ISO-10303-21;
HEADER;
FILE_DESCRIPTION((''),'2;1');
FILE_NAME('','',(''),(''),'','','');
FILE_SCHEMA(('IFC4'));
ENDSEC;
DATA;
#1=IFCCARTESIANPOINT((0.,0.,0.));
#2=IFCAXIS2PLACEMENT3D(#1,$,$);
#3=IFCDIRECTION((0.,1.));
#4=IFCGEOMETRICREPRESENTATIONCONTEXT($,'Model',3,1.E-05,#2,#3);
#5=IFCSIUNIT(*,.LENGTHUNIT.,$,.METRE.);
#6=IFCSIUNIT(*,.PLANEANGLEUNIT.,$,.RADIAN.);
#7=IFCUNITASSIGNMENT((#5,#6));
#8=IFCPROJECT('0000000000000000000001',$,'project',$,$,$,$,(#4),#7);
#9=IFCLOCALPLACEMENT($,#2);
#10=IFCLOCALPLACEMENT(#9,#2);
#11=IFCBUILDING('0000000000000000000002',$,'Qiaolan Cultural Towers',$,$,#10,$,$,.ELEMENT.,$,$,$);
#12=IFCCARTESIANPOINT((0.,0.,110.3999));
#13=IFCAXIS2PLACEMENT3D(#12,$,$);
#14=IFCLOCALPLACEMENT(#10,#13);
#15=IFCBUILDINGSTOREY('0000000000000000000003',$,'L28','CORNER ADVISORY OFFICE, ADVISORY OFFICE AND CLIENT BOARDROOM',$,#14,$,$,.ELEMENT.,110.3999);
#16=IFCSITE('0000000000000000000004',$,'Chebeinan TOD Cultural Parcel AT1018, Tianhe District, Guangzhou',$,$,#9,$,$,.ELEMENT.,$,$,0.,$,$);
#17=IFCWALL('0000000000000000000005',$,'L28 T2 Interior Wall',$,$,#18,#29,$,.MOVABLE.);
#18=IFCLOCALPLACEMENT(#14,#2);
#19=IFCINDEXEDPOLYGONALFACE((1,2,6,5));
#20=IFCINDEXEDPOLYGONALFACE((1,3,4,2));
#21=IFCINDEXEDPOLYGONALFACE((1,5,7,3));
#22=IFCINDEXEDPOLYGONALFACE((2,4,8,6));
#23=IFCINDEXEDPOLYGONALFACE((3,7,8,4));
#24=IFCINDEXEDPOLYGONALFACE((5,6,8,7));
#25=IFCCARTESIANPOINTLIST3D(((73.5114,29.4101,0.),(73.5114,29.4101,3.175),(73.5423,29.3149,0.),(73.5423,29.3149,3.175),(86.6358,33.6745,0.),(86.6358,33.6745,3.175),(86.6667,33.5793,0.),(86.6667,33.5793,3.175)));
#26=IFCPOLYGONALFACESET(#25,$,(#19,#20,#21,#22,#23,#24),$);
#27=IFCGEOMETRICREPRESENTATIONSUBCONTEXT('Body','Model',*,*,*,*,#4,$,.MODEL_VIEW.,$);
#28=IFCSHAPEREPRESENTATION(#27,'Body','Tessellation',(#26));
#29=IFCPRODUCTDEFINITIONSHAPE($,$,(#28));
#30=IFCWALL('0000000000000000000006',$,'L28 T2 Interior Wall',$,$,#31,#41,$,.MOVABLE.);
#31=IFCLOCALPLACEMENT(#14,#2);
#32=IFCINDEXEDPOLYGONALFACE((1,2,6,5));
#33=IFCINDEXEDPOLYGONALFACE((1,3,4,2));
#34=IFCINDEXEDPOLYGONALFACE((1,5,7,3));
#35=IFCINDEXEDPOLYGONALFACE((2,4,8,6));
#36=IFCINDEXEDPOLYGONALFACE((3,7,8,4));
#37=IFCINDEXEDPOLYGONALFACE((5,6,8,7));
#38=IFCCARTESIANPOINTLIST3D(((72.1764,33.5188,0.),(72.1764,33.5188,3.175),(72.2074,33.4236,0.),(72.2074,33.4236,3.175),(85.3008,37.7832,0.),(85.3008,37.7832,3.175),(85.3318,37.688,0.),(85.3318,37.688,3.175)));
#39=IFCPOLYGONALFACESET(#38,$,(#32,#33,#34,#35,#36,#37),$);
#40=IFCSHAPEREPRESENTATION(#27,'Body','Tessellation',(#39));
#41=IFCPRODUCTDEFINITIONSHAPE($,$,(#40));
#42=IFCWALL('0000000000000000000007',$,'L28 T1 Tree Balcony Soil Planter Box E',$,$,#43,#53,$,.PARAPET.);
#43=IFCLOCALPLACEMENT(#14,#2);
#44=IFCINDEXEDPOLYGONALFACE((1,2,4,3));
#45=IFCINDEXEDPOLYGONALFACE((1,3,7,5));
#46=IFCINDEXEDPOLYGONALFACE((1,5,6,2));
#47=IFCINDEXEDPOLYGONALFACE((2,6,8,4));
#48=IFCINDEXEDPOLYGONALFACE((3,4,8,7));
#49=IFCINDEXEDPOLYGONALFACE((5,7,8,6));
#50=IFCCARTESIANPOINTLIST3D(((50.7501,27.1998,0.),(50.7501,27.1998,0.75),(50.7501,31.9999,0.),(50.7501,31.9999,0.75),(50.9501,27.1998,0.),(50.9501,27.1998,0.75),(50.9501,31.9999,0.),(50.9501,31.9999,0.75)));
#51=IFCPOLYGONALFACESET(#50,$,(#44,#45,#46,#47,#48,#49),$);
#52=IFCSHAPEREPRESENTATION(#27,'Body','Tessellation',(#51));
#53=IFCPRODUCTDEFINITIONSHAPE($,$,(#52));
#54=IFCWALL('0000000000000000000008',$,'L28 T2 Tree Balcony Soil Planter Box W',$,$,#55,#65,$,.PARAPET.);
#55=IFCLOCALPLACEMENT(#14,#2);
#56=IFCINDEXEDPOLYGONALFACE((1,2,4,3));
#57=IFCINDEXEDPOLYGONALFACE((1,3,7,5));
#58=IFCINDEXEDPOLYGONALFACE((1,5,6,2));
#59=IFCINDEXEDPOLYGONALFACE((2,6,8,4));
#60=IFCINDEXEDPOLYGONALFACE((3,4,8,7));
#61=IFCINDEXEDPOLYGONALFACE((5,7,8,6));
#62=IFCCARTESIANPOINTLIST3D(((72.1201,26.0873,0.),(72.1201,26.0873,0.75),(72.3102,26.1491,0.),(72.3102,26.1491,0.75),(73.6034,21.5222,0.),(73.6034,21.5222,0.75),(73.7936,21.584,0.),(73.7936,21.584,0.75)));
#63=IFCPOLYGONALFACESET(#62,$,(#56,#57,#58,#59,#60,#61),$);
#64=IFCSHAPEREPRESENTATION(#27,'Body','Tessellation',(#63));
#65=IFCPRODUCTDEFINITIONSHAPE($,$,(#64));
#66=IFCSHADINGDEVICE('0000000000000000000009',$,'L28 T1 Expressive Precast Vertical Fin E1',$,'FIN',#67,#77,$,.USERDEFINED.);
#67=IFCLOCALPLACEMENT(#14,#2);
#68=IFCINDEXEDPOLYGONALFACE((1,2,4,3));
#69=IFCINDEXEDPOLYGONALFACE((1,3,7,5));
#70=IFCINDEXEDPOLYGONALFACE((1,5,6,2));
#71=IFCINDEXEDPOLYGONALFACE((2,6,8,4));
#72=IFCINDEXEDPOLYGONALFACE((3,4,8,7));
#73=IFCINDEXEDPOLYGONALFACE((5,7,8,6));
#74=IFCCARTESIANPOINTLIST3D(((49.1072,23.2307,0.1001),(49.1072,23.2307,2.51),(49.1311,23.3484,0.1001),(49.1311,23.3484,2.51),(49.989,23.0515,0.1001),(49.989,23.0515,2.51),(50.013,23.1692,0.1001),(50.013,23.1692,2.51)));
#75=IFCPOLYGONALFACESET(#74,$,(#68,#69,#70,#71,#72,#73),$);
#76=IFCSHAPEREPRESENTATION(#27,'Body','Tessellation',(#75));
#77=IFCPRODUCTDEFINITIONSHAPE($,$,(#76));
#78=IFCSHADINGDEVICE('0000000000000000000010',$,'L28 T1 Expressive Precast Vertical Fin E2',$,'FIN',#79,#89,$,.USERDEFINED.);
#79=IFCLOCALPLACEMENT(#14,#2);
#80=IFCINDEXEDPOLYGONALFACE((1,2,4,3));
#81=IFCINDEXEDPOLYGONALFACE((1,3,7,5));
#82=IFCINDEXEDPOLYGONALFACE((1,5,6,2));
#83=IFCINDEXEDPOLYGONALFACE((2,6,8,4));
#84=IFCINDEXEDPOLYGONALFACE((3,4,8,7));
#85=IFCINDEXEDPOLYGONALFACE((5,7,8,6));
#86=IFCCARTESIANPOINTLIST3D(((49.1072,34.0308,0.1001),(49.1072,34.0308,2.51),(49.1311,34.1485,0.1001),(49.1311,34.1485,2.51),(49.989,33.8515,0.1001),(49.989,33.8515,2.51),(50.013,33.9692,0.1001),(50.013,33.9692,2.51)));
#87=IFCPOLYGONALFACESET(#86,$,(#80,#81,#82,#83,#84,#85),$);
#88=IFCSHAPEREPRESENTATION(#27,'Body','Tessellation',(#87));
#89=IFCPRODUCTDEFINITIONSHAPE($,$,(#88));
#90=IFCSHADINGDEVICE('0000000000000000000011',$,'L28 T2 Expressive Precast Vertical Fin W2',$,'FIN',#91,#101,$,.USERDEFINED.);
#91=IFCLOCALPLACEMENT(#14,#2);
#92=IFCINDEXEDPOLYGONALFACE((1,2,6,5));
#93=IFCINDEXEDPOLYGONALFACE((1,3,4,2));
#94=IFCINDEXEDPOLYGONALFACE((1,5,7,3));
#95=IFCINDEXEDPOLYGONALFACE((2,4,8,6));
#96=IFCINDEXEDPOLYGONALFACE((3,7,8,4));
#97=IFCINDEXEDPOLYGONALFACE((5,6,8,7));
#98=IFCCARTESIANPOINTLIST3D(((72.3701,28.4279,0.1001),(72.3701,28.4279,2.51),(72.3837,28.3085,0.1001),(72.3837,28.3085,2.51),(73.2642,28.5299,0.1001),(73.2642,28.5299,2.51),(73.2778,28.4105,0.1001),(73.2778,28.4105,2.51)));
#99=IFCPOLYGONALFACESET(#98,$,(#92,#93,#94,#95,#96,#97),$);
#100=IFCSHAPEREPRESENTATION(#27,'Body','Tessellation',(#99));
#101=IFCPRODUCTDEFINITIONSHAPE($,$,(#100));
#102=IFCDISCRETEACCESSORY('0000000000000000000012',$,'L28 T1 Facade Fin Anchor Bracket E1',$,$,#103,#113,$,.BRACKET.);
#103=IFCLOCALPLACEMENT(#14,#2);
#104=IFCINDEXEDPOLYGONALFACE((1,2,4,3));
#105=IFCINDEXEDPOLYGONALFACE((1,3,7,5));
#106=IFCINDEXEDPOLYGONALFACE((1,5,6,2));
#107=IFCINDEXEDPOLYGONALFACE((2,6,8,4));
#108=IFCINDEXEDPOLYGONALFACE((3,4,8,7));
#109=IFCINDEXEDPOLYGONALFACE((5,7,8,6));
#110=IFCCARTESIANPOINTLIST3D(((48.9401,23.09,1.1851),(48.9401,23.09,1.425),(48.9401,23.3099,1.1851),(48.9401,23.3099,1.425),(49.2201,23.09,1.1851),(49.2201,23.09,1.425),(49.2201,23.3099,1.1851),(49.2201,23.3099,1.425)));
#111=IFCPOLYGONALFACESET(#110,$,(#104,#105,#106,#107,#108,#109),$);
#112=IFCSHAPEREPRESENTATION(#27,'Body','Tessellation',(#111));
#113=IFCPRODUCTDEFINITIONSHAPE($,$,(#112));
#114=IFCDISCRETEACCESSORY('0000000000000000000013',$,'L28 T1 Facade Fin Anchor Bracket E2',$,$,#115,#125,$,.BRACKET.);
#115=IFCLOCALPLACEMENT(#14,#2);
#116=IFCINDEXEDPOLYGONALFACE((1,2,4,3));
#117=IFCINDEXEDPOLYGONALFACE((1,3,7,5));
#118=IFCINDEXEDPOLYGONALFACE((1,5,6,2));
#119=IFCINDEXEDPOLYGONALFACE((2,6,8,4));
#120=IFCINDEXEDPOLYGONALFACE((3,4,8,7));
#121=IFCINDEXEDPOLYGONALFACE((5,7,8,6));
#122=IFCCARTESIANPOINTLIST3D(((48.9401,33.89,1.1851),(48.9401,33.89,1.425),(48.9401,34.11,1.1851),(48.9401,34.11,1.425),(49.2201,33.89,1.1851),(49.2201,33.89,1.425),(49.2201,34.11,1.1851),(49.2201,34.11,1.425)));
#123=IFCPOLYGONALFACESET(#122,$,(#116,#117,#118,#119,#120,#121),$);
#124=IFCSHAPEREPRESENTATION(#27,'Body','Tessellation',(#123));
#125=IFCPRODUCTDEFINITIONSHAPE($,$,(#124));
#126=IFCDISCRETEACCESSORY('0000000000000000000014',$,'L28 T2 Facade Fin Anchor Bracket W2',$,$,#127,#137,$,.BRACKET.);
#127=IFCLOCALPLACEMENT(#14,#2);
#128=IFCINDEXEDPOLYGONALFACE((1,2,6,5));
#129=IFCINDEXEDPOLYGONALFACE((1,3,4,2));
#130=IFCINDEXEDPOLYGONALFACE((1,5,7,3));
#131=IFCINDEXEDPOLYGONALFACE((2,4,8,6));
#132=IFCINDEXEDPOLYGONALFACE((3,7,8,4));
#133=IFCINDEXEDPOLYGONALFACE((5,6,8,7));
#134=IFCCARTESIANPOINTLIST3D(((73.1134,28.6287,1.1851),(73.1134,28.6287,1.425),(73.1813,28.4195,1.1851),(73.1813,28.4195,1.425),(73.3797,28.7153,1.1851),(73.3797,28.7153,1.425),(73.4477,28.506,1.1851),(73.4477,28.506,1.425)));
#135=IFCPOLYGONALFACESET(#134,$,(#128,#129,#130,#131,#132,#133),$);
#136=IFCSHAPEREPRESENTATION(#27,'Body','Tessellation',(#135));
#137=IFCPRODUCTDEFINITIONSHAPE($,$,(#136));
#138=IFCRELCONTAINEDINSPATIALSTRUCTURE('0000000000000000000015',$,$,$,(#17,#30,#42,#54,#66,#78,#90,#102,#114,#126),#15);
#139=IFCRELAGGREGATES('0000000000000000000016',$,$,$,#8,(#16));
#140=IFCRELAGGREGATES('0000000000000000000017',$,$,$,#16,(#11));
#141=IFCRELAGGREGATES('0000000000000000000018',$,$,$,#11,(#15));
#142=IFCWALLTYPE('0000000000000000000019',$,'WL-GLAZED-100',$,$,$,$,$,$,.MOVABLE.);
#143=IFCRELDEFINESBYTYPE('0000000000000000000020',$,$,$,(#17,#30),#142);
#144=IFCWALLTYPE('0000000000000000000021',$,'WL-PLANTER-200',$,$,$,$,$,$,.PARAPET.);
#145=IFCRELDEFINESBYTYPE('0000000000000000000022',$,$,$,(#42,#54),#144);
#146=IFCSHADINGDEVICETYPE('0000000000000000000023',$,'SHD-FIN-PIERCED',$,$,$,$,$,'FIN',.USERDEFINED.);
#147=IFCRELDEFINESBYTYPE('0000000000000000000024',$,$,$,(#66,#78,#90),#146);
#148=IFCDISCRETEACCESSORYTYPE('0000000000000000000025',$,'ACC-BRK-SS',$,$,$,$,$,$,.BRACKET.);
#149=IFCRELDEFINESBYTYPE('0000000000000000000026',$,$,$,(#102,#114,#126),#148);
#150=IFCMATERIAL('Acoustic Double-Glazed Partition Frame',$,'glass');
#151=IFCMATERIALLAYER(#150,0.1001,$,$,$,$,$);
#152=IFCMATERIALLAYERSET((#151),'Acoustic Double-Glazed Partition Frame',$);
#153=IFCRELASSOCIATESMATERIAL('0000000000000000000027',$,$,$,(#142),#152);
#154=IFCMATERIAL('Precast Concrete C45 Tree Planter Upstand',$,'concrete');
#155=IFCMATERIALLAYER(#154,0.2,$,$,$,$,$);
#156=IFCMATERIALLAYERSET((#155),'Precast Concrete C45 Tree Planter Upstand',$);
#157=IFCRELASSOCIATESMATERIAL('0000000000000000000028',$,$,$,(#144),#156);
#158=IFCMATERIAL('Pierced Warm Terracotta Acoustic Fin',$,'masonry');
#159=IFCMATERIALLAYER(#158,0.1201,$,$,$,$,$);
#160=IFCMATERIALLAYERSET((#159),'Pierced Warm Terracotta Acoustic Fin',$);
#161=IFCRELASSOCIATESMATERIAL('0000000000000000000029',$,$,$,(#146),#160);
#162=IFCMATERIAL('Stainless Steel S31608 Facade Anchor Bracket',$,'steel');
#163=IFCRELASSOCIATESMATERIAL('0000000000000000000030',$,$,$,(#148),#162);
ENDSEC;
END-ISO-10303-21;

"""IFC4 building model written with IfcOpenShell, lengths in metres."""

from ifc_helpers import new_model, si_unit, direction, frame, frame_2d, origin, origin_2d, place, context, subcontext, project, spatial, rectangle, extrude, material, layer, layer_set, type_object, element, save


model = new_model("IFC4")

# Units and contexts
model_context = context("Model", 3, precision=1e-05, world=origin(), true_north=direction((0.0, 1.0)))
body_context = subcontext(model_context, "Body", "Model", "MODEL_VIEW")
ifc_project = project(units=[si_unit("LENGTHUNIT", "METRE"), si_unit("PLANEANGLEUNIT", "RADIAN")], contexts=[model_context])

# Site, building, storey
site_placement = place(None, origin())
site = spatial("IfcSite", under=ifc_project, at=site_placement, Name="Chebeinan TOD Cultural Parcel AT1018, Tianhe District, Guangzhou", CompositionType="ELEMENT", RefElevation=0.0)
building_placement = place(site_placement, origin())
building = spatial("IfcBuilding", under=site, at=building_placement, Name="Qiaolan Cultural Towers", CompositionType="ELEMENT")
storey_placement = place(building_placement, frame((0.0, 0.0, 110.3999)))
storey = spatial("IfcBuildingStorey", under=building, at=storey_placement, Name="L28", Description="CORNER ADVISORY OFFICE, ADVISORY OFFICE AND CLIENT BOARDROOM", CompositionType="ELEMENT", Elevation=110.3999)

# Walls
ifc_material_1 = material(Name="Acoustic Double-Glazed Partition Frame", Category="glass")
ifc_layer_1 = layer(ifc_material_1, 0.1001)
ifc_layer_set_1 = layer_set([ifc_layer_1], Name="Acoustic Double-Glazed Partition Frame")
wall_type_1 = type_object("IfcWallType", Name="WL-GLAZED-100", PredefinedType="MOVABLE", material=ifc_layer_set_1)
for number, where, z_axis, x_axis, name in (
    (1, (73.5269, 29.3625, 0.0), (0.0, 0.0, 1.0), (0.951057, 0.309016, 0.0), "L28 T2 Interior Wall"),
    (2, (72.1919, 33.4712, 0.0), (0.0, 0.0, 1.0), (0.951057, 0.309016, 0.0), "L28 T2 Interior Wall"),
):
    element("IfcWall", number, at=place(storey_placement, frame(where, z_axis=z_axis, x_axis=x_axis)), inside=storey, type_object=wall_type_1, Name=name, PredefinedType="MOVABLE", context=body_context, shape_type="SweptSolid", body=[
        extrude(rectangle(XDim=13.7998, YDim=0.1001, at=frame_2d((6.8999, 0.0))), origin(), (0.0, 0.0, 1.0), 3.175),
    ])
ifc_material_2 = material(Name="Precast Concrete C45 Tree Planter Upstand", Category="concrete")
ifc_layer_2 = layer(ifc_material_2, 0.2)
ifc_layer_set_2 = layer_set([ifc_layer_2], Name="Precast Concrete C45 Tree Planter Upstand")
wall_type_2 = type_object("IfcWallType", Name="WL-PLANTER-200", PredefinedType="PARAPET", material=ifc_layer_set_2)
for number, where, z_axis, x_axis, name in (
    (3, (50.8501, 27.2, 0.0), (0.0, 0.0, 1.0), (0.0, 1.0, 0.0), "L28 T1 Tree Balcony Soil Planter Box E"),
    (4, (73.6985, 21.5532, 0.0), (0.0, 0.0, 1.0), (-0.309032, 0.951052, 0.0), "L28 T2 Tree Balcony Soil Planter Box W"),
):
    element("IfcWall", number, at=place(storey_placement, frame(where, z_axis=z_axis, x_axis=x_axis)), inside=storey, type_object=wall_type_2, Name=name, PredefinedType="PARAPET", context=body_context, shape_type="SweptSolid", body=[
        extrude(rectangle(XDim=4.8, YDim=0.2, at=frame_2d((2.3999, 0.0))), origin(), (0.0, 0.0, 1.0), 0.75),
    ])

# Shading devices
ifc_material_3 = material(Name="Pierced Warm Terracotta Acoustic Fin", Category="masonry")
ifc_layer_3 = layer(ifc_material_3, 0.1201)
ifc_layer_set_3 = layer_set([ifc_layer_3], Name="Pierced Warm Terracotta Acoustic Fin")
shading_device_type = type_object("IfcShadingDeviceType", Name="SHD-FIN-PIERCED", ElementType="FIN", PredefinedType="USERDEFINED", material=ifc_layer_set_3)
for number, where, z_axis, x_axis, name in (
    (5, (49.5601, 23.2, 0.1001), (0.0, 0.0, 1.0), (0.979957, -0.199208, 0.0), "L28 T1 Expressive Precast Vertical Fin E1"),
    (6, (49.5601, 34.0, 0.1001), (0.0, 0.0, 1.0), (0.979957, -0.199208, 0.0), "L28 T1 Expressive Precast Vertical Fin E2"),
    (7, (72.824, 28.4192, 0.1001), (0.0, 0.0, 1.0), (0.993553, 0.113365, 0.0), "L28 T2 Expressive Precast Vertical Fin W2"),
):
    element("IfcShadingDevice", number, at=place(storey_placement, frame(where, z_axis=z_axis, x_axis=x_axis)), inside=storey, type_object=shading_device_type, Name=name, ObjectType="FIN", PredefinedType="USERDEFINED", context=body_context, shape_type="SweptSolid", body=[
        extrude(rectangle(XDim=0.8999, YDim=0.1201, at=origin_2d()), origin(), (0.0, 0.0, 1.0), 2.4099),
    ])

# Discrete accessories
ifc_material_4 = material(Name="Stainless Steel S31608 Facade Anchor Bracket", Category="steel")
discrete_accessory_type = type_object("IfcDiscreteAccessoryType", Name="ACC-BRK-SS", PredefinedType="BRACKET", material=ifc_material_4)
for number, where, z_axis, x_axis, name in (
    (8, (49.0801, 23.2, 1.1851), (0.0, 0.0, 1.0), (1.0, 0.0, 0.0), "L28 T1 Facade Fin Anchor Bracket E1"),
    (9, (49.0801, 34.0, 1.1851), (0.0, 0.0, 1.0), (1.0, 0.0, 0.0), "L28 T1 Facade Fin Anchor Bracket E2"),
    (10, (73.2805, 28.5674, 1.1851), (0.0, 0.0, 1.0), (0.951057, 0.309017, 0.0), "L28 T2 Facade Fin Anchor Bracket W2"),
):
    element("IfcDiscreteAccessory", number, at=place(storey_placement, frame(where, z_axis=z_axis, x_axis=x_axis)), inside=storey, type_object=discrete_accessory_type, Name=name, PredefinedType="BRACKET", context=body_context, shape_type="SweptSolid", body=[
        extrude(rectangle(XDim=0.28, YDim=0.22, at=origin_2d()), origin(), (0.0, 0.0, 1.0), 0.24),
    ])

save(model, "model.ifc")
